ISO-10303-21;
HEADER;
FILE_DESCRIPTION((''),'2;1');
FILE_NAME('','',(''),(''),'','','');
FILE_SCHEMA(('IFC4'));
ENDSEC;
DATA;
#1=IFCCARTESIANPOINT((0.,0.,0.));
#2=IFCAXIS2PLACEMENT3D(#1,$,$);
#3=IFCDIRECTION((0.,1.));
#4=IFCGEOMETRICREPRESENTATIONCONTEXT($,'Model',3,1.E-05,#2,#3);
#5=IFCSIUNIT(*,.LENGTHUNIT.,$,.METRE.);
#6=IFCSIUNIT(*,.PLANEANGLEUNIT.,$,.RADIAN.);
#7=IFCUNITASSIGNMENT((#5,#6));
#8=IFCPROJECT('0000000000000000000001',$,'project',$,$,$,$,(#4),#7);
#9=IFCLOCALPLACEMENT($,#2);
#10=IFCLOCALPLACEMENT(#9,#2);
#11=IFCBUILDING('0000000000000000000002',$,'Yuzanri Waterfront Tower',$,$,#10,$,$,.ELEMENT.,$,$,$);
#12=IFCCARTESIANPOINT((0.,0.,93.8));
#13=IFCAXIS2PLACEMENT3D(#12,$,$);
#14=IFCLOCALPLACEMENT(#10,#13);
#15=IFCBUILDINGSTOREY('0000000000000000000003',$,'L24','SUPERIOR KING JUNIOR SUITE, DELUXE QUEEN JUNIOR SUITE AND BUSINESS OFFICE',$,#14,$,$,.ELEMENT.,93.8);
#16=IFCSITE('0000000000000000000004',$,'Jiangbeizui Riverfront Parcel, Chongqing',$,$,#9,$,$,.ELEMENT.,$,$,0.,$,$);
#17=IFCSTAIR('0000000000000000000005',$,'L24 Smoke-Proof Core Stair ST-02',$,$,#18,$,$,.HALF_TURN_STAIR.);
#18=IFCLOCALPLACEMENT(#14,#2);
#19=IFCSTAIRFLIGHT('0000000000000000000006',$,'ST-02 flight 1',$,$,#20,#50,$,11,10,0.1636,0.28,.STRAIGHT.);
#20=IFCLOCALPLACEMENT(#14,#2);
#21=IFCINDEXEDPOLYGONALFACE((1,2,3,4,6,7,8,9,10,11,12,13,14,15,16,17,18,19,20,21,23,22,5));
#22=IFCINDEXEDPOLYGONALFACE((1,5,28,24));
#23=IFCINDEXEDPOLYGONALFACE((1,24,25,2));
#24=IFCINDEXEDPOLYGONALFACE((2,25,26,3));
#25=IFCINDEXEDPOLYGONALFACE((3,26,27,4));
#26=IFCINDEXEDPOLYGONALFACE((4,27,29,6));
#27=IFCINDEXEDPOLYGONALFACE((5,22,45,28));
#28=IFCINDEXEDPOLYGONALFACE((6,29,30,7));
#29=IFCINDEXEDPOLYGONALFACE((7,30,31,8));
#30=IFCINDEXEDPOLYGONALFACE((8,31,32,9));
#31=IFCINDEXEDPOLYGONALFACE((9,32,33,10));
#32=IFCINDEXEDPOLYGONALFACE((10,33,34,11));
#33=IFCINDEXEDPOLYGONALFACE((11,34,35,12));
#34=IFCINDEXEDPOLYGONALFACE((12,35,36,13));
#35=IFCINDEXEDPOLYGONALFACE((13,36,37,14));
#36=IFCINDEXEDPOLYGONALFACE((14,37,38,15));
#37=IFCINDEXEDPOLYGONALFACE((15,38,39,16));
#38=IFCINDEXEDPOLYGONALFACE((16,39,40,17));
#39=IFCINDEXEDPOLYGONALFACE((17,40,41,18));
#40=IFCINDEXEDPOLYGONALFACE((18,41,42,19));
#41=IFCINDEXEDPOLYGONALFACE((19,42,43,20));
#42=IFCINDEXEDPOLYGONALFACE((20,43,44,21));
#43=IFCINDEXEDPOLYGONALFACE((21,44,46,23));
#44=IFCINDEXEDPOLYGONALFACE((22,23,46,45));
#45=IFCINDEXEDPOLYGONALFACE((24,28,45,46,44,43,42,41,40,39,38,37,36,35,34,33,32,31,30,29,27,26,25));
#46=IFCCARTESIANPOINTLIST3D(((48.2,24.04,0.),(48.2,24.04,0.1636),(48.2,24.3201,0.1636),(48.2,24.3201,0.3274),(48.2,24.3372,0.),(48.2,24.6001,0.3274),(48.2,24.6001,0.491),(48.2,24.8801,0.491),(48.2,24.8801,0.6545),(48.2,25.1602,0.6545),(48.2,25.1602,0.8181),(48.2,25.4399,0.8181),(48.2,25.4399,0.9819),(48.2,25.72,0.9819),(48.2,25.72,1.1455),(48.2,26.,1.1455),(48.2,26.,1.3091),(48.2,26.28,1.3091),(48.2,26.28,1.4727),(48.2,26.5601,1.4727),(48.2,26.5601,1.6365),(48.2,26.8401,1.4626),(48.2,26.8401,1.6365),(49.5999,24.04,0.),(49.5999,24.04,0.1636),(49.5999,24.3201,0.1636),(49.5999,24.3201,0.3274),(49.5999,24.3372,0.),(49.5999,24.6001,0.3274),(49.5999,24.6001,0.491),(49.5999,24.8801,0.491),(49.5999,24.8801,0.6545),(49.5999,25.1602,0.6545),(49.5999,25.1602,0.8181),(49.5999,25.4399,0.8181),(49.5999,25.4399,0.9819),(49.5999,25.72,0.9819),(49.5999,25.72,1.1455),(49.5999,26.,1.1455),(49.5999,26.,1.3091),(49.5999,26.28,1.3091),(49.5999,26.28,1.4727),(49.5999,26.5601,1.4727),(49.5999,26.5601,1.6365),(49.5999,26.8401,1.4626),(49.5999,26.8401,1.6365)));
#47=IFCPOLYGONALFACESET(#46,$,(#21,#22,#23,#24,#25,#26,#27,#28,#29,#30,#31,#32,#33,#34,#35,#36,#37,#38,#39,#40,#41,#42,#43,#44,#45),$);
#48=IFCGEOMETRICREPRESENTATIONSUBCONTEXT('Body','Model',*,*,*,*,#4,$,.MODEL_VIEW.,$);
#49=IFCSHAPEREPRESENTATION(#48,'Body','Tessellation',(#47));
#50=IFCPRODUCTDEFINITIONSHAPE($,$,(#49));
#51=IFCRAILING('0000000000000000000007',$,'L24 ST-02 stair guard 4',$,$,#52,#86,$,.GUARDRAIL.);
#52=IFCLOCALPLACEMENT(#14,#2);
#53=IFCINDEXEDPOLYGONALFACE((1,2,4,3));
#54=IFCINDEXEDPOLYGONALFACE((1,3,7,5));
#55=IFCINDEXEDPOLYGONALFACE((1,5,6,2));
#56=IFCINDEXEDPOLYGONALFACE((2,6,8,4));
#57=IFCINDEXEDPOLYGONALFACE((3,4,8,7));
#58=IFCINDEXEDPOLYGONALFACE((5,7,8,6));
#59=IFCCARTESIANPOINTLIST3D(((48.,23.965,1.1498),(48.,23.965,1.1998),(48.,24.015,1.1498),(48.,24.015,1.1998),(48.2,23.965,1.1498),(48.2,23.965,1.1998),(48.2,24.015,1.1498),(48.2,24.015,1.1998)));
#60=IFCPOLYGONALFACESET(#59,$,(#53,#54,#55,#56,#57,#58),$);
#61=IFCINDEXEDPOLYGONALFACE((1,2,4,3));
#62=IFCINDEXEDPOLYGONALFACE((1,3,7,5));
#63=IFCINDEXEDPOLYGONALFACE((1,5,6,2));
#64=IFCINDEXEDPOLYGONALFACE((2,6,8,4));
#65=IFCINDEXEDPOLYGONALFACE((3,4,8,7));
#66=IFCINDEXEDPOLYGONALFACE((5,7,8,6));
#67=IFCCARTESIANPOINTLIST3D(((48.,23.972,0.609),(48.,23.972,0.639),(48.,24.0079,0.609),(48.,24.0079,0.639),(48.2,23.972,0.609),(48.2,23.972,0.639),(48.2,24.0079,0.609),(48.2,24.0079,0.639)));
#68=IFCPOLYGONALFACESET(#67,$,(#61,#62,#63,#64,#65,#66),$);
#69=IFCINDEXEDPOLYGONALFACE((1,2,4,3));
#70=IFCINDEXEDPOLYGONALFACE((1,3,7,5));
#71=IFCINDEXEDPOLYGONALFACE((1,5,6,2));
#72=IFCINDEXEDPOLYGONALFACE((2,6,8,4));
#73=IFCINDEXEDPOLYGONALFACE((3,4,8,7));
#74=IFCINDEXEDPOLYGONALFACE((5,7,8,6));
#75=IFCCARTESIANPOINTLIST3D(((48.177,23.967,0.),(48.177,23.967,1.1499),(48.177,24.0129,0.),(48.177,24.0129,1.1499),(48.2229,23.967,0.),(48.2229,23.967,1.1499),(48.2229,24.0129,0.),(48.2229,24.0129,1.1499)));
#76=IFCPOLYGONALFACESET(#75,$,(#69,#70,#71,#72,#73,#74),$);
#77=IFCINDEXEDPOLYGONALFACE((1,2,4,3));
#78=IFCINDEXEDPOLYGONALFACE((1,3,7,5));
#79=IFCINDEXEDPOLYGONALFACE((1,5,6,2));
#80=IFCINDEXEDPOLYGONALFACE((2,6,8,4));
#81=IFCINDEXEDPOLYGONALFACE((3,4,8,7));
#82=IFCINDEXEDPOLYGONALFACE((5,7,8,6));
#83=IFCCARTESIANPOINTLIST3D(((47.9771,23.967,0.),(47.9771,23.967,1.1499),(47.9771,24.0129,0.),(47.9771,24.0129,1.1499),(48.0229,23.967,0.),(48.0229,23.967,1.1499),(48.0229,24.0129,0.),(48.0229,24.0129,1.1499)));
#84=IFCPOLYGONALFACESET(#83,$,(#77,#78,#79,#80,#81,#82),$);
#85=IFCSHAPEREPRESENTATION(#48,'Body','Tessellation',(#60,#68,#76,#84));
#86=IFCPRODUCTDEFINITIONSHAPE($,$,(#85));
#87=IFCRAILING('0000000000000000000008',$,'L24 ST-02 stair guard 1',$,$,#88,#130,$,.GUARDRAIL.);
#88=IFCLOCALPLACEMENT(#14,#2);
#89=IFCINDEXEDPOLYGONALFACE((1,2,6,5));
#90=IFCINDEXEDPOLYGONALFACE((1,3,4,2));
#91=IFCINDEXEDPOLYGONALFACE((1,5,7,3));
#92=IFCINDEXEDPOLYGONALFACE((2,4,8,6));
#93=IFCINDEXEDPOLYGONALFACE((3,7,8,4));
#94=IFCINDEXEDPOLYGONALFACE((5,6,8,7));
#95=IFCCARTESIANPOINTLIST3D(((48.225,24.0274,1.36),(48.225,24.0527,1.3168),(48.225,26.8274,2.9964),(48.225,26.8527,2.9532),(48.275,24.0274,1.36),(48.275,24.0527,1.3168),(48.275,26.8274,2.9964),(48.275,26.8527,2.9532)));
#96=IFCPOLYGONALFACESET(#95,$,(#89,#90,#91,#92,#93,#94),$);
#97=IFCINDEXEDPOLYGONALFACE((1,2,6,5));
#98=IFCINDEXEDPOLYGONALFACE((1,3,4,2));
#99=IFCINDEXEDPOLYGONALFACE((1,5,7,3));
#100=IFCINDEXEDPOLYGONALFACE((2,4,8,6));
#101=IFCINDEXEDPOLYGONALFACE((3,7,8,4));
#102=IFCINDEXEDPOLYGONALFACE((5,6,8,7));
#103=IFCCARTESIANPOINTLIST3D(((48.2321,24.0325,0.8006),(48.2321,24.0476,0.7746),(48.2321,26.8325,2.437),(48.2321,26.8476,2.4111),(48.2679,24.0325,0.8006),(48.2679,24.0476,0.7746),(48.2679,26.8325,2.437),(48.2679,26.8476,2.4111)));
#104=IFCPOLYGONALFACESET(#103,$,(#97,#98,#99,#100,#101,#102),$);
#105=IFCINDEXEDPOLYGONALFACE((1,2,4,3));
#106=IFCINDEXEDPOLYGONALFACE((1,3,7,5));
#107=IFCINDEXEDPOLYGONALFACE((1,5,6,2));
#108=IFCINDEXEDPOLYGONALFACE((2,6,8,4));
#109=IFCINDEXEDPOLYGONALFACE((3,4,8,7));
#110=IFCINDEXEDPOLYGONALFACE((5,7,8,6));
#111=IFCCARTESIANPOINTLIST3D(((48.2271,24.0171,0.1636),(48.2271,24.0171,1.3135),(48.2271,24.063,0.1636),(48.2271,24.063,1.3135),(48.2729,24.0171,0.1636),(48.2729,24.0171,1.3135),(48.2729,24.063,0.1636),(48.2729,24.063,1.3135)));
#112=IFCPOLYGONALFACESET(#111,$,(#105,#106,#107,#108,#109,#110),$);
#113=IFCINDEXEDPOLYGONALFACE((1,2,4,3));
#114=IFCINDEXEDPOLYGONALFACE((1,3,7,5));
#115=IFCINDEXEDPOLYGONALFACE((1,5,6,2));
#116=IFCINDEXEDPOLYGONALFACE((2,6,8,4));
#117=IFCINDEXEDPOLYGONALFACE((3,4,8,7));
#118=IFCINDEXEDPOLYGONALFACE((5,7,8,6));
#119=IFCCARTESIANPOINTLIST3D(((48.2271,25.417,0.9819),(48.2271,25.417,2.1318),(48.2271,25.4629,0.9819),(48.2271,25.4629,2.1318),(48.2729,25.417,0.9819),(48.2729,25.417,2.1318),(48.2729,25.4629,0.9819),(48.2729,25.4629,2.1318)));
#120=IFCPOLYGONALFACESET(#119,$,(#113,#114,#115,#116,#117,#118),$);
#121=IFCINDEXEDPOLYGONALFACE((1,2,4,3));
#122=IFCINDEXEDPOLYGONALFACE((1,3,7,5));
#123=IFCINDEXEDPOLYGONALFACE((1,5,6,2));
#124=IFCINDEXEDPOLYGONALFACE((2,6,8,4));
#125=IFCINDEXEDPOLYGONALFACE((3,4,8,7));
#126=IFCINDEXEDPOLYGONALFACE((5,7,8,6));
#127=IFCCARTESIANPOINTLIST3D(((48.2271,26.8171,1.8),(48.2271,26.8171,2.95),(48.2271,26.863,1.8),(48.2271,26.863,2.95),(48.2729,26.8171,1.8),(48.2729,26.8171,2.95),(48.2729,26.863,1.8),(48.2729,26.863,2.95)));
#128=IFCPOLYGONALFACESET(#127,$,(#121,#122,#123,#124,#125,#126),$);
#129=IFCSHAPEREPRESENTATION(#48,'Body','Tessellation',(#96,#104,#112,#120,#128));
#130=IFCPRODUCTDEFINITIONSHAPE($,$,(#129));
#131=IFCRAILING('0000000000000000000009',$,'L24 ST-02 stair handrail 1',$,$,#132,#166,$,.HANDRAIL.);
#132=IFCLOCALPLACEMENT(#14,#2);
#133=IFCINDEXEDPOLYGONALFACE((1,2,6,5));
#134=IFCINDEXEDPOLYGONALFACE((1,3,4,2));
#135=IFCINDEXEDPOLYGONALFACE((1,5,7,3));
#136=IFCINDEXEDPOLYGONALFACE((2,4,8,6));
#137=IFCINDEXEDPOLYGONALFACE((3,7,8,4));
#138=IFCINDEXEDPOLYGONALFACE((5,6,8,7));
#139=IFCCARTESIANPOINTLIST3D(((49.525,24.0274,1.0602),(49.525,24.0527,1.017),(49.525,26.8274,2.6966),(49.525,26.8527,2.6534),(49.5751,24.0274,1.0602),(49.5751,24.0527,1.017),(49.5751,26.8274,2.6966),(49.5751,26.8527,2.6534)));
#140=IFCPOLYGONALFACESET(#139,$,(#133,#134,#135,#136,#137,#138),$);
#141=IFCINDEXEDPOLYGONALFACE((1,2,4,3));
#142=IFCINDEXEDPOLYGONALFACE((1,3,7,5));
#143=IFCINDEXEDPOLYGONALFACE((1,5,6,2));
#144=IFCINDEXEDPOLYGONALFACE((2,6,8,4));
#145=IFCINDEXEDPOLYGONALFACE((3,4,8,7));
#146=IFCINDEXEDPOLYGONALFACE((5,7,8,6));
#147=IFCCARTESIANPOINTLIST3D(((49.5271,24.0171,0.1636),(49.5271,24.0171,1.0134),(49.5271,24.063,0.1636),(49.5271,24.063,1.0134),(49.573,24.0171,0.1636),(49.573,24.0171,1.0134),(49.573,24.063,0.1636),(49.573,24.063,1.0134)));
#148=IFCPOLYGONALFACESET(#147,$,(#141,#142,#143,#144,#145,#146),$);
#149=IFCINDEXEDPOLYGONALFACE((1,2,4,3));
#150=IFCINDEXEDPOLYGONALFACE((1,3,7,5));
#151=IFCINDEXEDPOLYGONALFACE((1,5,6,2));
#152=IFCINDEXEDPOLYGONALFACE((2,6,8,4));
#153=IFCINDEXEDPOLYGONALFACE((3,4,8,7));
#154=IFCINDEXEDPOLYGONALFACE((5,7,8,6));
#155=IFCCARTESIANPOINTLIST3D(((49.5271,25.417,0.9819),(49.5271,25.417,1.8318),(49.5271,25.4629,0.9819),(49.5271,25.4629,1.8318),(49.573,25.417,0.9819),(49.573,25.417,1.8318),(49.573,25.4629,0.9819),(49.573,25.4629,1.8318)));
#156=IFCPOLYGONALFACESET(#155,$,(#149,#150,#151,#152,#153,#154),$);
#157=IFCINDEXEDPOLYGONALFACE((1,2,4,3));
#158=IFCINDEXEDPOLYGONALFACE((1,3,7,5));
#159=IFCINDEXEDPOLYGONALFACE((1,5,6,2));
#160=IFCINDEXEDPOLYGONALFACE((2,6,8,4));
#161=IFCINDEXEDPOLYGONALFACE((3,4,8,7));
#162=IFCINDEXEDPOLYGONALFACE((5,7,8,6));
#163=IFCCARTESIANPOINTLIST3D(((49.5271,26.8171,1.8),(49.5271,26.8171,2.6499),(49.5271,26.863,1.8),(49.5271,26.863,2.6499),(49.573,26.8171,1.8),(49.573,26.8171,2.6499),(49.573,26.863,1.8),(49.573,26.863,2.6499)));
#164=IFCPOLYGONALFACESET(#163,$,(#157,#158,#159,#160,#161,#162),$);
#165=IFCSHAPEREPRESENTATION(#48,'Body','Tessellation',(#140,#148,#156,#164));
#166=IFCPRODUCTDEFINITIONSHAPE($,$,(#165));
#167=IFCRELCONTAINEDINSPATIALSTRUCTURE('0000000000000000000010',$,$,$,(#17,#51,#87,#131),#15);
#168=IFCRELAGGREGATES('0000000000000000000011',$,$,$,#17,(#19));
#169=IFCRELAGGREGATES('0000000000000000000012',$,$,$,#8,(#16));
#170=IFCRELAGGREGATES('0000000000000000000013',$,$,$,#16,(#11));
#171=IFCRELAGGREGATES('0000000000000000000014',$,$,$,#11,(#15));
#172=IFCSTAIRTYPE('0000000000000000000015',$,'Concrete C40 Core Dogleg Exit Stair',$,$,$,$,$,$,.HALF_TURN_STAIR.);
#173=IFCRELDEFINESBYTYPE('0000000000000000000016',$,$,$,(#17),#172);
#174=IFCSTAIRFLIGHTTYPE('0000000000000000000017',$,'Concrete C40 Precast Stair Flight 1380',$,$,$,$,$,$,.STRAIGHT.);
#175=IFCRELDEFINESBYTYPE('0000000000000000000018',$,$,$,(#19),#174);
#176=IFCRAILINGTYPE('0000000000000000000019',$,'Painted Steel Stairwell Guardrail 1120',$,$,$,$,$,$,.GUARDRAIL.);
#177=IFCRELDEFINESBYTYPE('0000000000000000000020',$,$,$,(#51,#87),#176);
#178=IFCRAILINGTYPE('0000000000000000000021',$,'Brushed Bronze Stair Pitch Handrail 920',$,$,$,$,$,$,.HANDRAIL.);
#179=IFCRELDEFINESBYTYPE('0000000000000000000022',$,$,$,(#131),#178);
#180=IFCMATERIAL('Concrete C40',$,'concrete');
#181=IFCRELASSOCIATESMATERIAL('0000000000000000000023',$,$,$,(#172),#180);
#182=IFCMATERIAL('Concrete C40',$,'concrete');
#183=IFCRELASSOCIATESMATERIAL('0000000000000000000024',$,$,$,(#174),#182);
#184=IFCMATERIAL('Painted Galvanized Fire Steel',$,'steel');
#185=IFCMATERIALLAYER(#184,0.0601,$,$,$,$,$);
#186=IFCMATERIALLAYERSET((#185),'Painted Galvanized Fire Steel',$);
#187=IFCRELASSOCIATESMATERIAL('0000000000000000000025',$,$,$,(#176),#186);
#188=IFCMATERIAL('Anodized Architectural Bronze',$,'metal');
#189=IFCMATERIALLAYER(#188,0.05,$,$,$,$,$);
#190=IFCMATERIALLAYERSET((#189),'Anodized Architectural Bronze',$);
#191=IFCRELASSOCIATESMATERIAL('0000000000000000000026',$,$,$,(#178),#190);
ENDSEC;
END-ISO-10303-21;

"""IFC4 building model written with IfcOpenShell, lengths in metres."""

from ifc_helpers import new_model, si_unit, direction, frame, origin, origin_2d, place, context, subcontext, project, spatial, polyline, rectangle, outline, extrude, source, transform, mapped, material, layer, layer_set, type_object, element, aggregate, save


model = new_model("IFC4")

# Units and contexts
model_context = context("Model", 3, precision=1e-05, world=origin(), true_north=direction((0.0, 1.0)))
body_context = subcontext(model_context, "Body", "Model", "MODEL_VIEW")
ifc_project = project(units=[si_unit("LENGTHUNIT", "METRE"), si_unit("PLANEANGLEUNIT", "RADIAN")], contexts=[model_context])

# Site, building, storey
site_placement = place(None, origin())
site = spatial("IfcSite", under=ifc_project, at=site_placement, Name="Jiangbeizui Riverfront Parcel, Chongqing", CompositionType="ELEMENT", RefElevation=0.0)
building_placement = place(site_placement, origin())
building = spatial("IfcBuilding", under=site, at=building_placement, Name="Yuzanri Waterfront Tower", CompositionType="ELEMENT")
storey_placement = place(building_placement, frame((0.0, 0.0, 93.8)))
storey = spatial("IfcBuildingStorey", under=building, at=storey_placement, Name="L24", Description="SUPERIOR KING JUNIOR SUITE, DELUXE QUEEN JUNIOR SUITE AND BUSINESS OFFICE", CompositionType="ELEMENT", Elevation=93.8)

# Stair, stair flight
ifc_material_1 = material(Name="Concrete C40", Category="concrete")
stair_type = type_object("IfcStairType", Name="Concrete C40 Core Dogleg Exit Stair", PredefinedType="HALF_TURN_STAIR", material=ifc_material_1)
stair_placement = place(storey_placement, origin())
stair = element("IfcStair", 1, at=stair_placement, inside=storey, type_object=stair_type, Name="L24 Smoke-Proof Core Stair ST-02", PredefinedType="HALF_TURN_STAIR")
ifc_material_2 = material(Name="Concrete C40", Category="concrete")
stair_flight_type = type_object("IfcStairFlightType", Name="Concrete C40 Precast Stair Flight 1380", PredefinedType="STRAIGHT", material=ifc_material_2)
shared_shape_1 = source(origin(), body_context, "Body", "SweptSolid", [
    extrude(outline(polyline([(0.0, 0.0), (0.0, 0.1636), (0.28, 0.1636), (0.28, 0.3274), (0.5601, 0.3274), (0.5601, 0.491), (0.8401, 0.491), (0.8401, 0.6545), (1.1201, 0.6545), (1.1201, 0.8181), (1.3999, 0.8181), (1.3999, 0.9819), (1.6799, 0.9819), (1.6799, 1.1455), (1.96, 1.1455), (1.96, 1.3091), (2.24, 1.3091), (2.24, 1.4727), (2.52, 1.4727), (2.52, 1.6365), (2.8, 1.6365), (2.8, 1.8), (2.8, 1.4626), (0.2971, 0.0), (0.0, 0.0)])), frame((0.0, 0.7, 0.0), z_axis=(0.0, -1.0, 0.0), x_axis=(1.0, 0.0, 0.0)), (0.0, 0.0, 1.0), 1.3999),
])
stair_flight_placement = place(storey_placement, frame((48.8999, 24.04, 0.0), z_axis=(0.0, 0.0, 1.0), x_axis=(0.0, 1.0, 0.0)))
stair_flight = element("IfcStairFlight", 2, at=stair_flight_placement, type_object=stair_flight_type, Name="ST-02 flight 1", NumberOfRisers=11, NumberOfTreads=10, PredefinedType="STRAIGHT", RiserHeight=0.1636, TreadLength=0.28, context=body_context, shape_type="MappedRepresentation", body=[
    mapped(shared_shape_1, transform((0.0, 0.0, 0.0), scale=1.0)),
])
aggregate(stair, [stair_flight])

# Railings
ifc_material_3 = material(Name="Painted Galvanized Fire Steel", Category="steel")
ifc_layer_1 = layer(ifc_material_3, 0.0601)
ifc_layer_set_1 = layer_set([ifc_layer_1], Name="Painted Galvanized Fire Steel")
railing_type_1 = type_object("IfcRailingType", Name="Painted Steel Stairwell Guardrail 1120", PredefinedType="GUARDRAIL", material=ifc_layer_set_1)
shared_shape_2 = source(origin(), body_context, "Body", "SweptSolid", [
    extrude(rectangle(XDim=0.05, YDim=0.05, at=origin_2d()), frame((0.0, 0.0, 1.1748), z_axis=(-1.0, 0.0, 0.0), x_axis=(0.0, -1.0, 0.0)), (0.0, 0.0, 1.0), 0.2),
    extrude(rectangle(XDim=0.0359, YDim=0.03, at=origin_2d()), frame((0.0, 0.0, 0.624), z_axis=(-1.0, 0.0, 0.0), x_axis=(0.0, -1.0, 0.0)), (0.0, 0.0, 1.0), 0.2),
    extrude(rectangle(XDim=0.0459, YDim=0.0459, at=origin_2d()), origin(), (0.0, 0.0, 1.0), 1.1499),
    extrude(rectangle(XDim=0.0459, YDim=0.0459, at=origin_2d()), frame((-0.2, 0.0, 0.0)), (0.0, 0.0, 1.0), 1.1499),
])
railing_1_placement = place(storey_placement, frame((48.2, 23.99, 0.0)))
element("IfcRailing", 3, at=railing_1_placement, inside=storey, type_object=railing_type_1, Name="L24 ST-02 stair guard 4", PredefinedType="GUARDRAIL", context=body_context, shape_type="MappedRepresentation", body=[
    mapped(shared_shape_2, transform((0.0, 0.0, 0.0), scale=1.0)),
])
shared_shape_3 = source(origin(), body_context, "Body", "SweptSolid", [
    extrude(rectangle(XDim=0.05, YDim=0.05, at=origin_2d()), frame((0.0, 0.0, 1.1748), z_axis=(0.0, 0.863361, 0.504587), x_axis=(-1.0, 0.0, 0.0)), (0.0, 0.0, 1.0), 3.2432),
    extrude(rectangle(XDim=0.0359, YDim=0.03, at=origin_2d()), frame((0.0, 0.0, 0.624), z_axis=(0.0, 0.863361, 0.504587), x_axis=(-1.0, 0.0, 0.0)), (0.0, 0.0, 1.0), 3.2432),
    extrude(rectangle(XDim=0.0459, YDim=0.0459, at=origin_2d()), origin(), (0.0, 0.0, 1.0), 1.1499),
    extrude(rectangle(XDim=0.0459, YDim=0.0459, at=origin_2d()), frame((0.0, 1.3999, 0.8184)), (0.0, 0.0, 1.0), 1.1499),
    extrude(rectangle(XDim=0.0459, YDim=0.0459, at=origin_2d()), frame((0.0, 2.8, 1.6365)), (0.0, 0.0, 1.0), 1.1499),
])
railing_2_placement = place(storey_placement, frame((48.25, 24.04, 0.1636)))
element("IfcRailing", 4, at=railing_2_placement, inside=storey, type_object=railing_type_1, Name="L24 ST-02 stair guard 1", PredefinedType="GUARDRAIL", context=body_context, shape_type="MappedRepresentation", body=[
    mapped(shared_shape_3, transform((0.0, 0.0, 0.0), scale=1.0)),
])
ifc_material_4 = material(Name="Anodized Architectural Bronze", Category="metal")
ifc_layer_2 = layer(ifc_material_4, 0.05)
ifc_layer_set_2 = layer_set([ifc_layer_2], Name="Anodized Architectural Bronze")
railing_type_2 = type_object("IfcRailingType", Name="Brushed Bronze Stair Pitch Handrail 920", PredefinedType="HANDRAIL", material=ifc_layer_set_2)
shared_shape_4 = source(origin(), body_context, "Body", "SweptSolid", [
    extrude(rectangle(XDim=0.05, YDim=0.05, at=origin_2d()), frame((0.0, 0.0, 0.875), z_axis=(0.0, 0.863361, 0.504587), x_axis=(-1.0, 0.0, 0.0)), (0.0, 0.0, 1.0), 3.2432),
    extrude(rectangle(XDim=0.0459, YDim=0.0459, at=origin_2d()), origin(), (0.0, 0.0, 1.0), 0.8499),
    extrude(rectangle(XDim=0.0459, YDim=0.0459, at=origin_2d()), frame((0.0, 1.3999, 0.8184)), (0.0, 0.0, 1.0), 0.8499),
    extrude(rectangle(XDim=0.0459, YDim=0.0459, at=origin_2d()), frame((0.0, 2.8, 1.6365)), (0.0, 0.0, 1.0), 0.8499),
])
railing_3_placement = place(storey_placement, frame((49.55, 24.04, 0.1636)))
element("IfcRailing", 5, at=railing_3_placement, inside=storey, type_object=railing_type_2, Name="L24 ST-02 stair handrail 1", PredefinedType="HANDRAIL", context=body_context, shape_type="MappedRepresentation", body=[
    mapped(shared_shape_4, transform((0.0, 0.0, 0.0), scale=1.0)),
])

save(model, "model.ifc")
